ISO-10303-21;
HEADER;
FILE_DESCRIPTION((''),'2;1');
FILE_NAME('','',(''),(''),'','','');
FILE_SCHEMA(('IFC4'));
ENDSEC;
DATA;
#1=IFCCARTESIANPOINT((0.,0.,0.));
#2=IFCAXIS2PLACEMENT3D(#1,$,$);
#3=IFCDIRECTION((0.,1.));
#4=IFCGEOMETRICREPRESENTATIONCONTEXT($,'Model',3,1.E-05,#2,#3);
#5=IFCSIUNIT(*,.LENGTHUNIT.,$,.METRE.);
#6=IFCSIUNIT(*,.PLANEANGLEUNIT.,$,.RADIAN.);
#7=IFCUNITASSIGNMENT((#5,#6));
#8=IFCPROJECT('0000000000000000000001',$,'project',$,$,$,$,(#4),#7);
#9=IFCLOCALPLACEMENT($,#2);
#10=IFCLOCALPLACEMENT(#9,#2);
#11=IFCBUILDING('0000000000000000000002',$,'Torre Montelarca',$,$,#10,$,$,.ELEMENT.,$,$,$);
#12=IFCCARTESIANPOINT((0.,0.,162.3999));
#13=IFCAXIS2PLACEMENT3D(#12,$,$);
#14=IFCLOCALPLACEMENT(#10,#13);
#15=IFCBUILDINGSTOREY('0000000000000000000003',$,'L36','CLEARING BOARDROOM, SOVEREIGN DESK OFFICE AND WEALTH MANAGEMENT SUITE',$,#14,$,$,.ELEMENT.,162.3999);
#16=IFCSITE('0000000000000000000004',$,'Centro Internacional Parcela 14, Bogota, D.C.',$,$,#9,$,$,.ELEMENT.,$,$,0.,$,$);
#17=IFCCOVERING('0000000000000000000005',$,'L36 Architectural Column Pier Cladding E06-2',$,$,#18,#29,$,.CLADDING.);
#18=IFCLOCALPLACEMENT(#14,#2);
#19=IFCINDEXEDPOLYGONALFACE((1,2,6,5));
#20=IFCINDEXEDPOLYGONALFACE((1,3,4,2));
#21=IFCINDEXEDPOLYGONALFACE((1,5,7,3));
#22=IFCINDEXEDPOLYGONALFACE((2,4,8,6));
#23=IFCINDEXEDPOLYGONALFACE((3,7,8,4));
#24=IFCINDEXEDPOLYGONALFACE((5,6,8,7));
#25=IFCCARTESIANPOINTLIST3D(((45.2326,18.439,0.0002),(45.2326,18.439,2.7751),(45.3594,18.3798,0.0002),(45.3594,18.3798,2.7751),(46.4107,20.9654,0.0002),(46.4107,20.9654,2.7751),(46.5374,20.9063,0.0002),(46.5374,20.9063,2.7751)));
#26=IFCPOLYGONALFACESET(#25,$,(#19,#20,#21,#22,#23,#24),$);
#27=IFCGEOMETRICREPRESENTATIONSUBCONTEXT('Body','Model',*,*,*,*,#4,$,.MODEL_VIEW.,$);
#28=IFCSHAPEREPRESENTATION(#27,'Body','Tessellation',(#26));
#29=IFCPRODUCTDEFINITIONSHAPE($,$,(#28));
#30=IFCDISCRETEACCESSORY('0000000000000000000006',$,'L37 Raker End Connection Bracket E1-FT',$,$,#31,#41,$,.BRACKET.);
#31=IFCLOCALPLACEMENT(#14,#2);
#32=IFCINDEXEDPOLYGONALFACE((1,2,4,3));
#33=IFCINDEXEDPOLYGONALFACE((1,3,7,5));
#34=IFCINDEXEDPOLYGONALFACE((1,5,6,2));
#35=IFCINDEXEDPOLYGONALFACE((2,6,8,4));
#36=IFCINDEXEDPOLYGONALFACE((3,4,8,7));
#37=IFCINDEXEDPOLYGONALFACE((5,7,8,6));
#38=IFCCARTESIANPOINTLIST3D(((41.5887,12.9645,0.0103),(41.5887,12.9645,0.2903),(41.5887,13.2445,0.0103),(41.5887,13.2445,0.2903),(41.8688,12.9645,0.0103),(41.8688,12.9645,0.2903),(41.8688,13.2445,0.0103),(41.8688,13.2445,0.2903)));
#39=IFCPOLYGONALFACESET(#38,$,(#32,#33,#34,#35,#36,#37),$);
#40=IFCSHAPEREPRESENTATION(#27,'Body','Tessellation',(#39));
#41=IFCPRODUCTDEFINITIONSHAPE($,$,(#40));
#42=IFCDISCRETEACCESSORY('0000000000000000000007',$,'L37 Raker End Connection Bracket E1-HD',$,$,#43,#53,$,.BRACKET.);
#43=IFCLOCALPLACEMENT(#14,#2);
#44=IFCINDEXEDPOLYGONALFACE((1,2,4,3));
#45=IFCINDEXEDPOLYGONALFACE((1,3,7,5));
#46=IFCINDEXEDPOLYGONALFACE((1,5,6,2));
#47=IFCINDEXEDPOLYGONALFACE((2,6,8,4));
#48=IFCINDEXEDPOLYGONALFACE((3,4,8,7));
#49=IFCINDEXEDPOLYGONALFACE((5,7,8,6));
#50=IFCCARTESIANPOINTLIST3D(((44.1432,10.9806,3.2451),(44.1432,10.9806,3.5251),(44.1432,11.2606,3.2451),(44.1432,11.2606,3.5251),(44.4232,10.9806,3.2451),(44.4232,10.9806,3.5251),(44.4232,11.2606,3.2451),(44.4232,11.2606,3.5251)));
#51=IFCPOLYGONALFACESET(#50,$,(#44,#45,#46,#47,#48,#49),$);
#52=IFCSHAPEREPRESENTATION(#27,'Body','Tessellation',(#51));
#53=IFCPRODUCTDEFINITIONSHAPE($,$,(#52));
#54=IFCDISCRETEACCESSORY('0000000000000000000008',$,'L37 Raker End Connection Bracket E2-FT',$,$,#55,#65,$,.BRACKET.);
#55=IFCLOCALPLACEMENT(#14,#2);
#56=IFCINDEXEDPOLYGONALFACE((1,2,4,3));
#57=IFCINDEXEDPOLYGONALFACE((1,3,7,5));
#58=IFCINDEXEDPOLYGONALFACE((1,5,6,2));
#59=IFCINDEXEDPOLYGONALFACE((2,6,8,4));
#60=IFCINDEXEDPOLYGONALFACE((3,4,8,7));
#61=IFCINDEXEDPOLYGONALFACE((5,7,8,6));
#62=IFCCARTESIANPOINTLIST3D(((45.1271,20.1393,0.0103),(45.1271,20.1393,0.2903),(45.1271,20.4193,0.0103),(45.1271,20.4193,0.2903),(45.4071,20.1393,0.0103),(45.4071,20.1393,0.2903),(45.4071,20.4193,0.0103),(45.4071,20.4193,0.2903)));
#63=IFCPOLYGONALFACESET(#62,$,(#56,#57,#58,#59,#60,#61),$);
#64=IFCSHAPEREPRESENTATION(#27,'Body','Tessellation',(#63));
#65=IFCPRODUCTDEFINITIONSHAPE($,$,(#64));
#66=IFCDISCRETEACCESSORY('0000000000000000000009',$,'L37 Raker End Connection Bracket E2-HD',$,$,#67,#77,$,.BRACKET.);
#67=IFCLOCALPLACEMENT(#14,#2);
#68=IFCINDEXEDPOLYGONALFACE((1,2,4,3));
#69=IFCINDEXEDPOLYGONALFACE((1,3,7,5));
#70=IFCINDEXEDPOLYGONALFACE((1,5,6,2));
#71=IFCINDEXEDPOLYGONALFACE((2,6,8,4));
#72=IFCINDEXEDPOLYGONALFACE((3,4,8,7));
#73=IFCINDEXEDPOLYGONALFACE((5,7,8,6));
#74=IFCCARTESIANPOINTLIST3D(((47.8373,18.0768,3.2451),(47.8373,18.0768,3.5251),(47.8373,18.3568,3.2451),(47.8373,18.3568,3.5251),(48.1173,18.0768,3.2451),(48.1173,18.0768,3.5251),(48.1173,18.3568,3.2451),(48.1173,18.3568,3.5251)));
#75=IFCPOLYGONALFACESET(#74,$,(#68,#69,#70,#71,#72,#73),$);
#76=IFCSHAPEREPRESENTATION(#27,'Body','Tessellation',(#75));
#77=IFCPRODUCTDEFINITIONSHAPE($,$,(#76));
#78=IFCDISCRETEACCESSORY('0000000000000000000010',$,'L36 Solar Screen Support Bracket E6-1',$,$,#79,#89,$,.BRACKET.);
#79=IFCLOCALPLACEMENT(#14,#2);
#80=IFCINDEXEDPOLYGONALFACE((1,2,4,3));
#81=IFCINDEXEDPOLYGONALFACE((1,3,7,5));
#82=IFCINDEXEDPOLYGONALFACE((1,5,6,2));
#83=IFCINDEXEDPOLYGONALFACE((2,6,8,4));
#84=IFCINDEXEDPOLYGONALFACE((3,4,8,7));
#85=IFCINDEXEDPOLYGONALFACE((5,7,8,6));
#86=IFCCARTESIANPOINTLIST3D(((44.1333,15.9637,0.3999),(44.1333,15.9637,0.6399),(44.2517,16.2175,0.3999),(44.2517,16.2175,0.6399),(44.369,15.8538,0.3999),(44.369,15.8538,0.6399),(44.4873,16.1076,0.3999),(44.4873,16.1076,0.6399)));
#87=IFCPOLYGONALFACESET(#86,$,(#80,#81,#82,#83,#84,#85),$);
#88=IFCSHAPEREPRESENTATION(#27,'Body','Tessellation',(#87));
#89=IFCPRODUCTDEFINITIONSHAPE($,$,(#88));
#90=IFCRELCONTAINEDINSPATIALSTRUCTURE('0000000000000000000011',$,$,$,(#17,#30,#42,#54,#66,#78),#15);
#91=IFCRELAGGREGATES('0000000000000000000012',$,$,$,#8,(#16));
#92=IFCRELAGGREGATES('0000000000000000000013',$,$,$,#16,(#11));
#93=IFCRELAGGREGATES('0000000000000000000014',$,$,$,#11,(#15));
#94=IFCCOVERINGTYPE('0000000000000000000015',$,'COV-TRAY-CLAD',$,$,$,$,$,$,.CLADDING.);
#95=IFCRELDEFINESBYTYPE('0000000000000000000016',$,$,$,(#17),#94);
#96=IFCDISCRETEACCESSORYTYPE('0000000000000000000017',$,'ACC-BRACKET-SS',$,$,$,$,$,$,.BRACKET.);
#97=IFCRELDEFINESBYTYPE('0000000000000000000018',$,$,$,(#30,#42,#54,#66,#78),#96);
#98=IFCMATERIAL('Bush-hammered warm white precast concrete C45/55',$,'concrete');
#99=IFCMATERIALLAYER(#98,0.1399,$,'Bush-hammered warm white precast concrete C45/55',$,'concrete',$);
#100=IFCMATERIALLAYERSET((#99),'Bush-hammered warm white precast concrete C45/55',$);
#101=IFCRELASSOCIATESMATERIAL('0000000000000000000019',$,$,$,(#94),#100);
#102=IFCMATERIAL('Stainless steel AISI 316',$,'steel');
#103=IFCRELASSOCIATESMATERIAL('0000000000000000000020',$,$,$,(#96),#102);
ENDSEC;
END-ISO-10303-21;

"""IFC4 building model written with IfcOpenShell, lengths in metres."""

from ifc_helpers import new_model, si_unit, direction, frame, origin, origin_2d, place, context, subcontext, project, spatial, rectangle, extrude, source, transform, mapped, material, layer, layer_set, type_object, element, save


model = new_model("IFC4")

# Units and contexts
model_context = context("Model", 3, precision=1e-05, world=origin(), true_north=direction((0.0, 1.0)))
body_context = subcontext(model_context, "Body", "Model", "MODEL_VIEW")
ifc_project = project(units=[si_unit("LENGTHUNIT", "METRE"), si_unit("PLANEANGLEUNIT", "RADIAN")], contexts=[model_context])

# Site, building, storey
site_placement = place(None, origin())
site = spatial("IfcSite", under=ifc_project, at=site_placement, Name="Centro Internacional Parcela 14, Bogota, D.C.", CompositionType="ELEMENT", RefElevation=0.0)
building_placement = place(site_placement, origin())
building = spatial("IfcBuilding", under=site, at=building_placement, Name="Torre Montelarca", CompositionType="ELEMENT")
storey_placement = place(building_placement, frame((0.0, 0.0, 162.3999)))
storey = spatial("IfcBuildingStorey", under=building, at=storey_placement, Name="L36", Description="CLEARING BOARDROOM, SOVEREIGN DESK OFFICE AND WEALTH MANAGEMENT SUITE", CompositionType="ELEMENT", Elevation=162.3999)

# Shared definitions
ifc_material_1 = material(Name="Bush-hammered warm white precast concrete C45/55", Category="concrete")
ifc_layer_1 = layer(ifc_material_1, 0.1399, Name="Bush-hammered warm white precast concrete C45/55", Category="concrete")
ifc_layer_set_1 = layer_set([ifc_layer_1], Name="Bush-hammered warm white precast concrete C45/55")
covering_type = type_object("IfcCoveringType", Name="COV-TRAY-CLAD", PredefinedType="CLADDING", material=ifc_layer_set_1)

# Covering
shared_shape_1 = source(origin(), body_context, "Body", "SweptSolid", [
    extrude(rectangle(XDim=2.7876, YDim=0.1399, at=origin_2d()), origin(), (0.0, 0.0, 1.0), 2.7749),
])
covering_1_placement = place(storey_placement, frame((45.885, 19.6726, 0.0002), z_axis=(0.0, 0.0, 1.0), x_axis=(0.422617, 0.906309, 0.0)))
element("IfcCovering", 1, at=covering_1_placement, inside=storey, type_object=covering_type, Name="L36 Architectural Column Pier Cladding E06-2", PredefinedType="CLADDING", context=body_context, shape_type="MappedRepresentation", body=[
    mapped(shared_shape_1, transform((0.0, 0.0, 0.0), scale=1.0)),
])

# Discrete accessories
ifc_material_2 = material(Name="Stainless steel AISI 316", Category="steel")
discrete_accessory_type = type_object("IfcDiscreteAccessoryType", Name="ACC-BRACKET-SS", PredefinedType="BRACKET", material=ifc_material_2)
shared_shape_2 = source(origin(), body_context, "Body", "SweptSolid", [
    extrude(rectangle(XDim=0.28, YDim=0.28, at=origin_2d()), origin(), (0.0, 0.0, 1.0), 0.28),
])
for number, where, z_axis, x_axis, name in (
    (2, (41.7288, 13.1045, 0.0103), (0.0, 0.0, 1.0), (1.0, 0.0, 0.0), "L37 Raker End Connection Bracket E1-FT"),
    (3, (44.2832, 11.1206, 3.2451), (0.0, 0.0, 1.0), (1.0, 0.0, 0.0), "L37 Raker End Connection Bracket E1-HD"),
    (4, (45.2671, 20.2793, 0.0103), (0.0, 0.0, 1.0), (1.0, 0.0, 0.0), "L37 Raker End Connection Bracket E2-FT"),
    (5, (47.9773, 18.2168, 3.2451), (0.0, 0.0, 1.0), (1.0, 0.0, 0.0), "L37 Raker End Connection Bracket E2-HD"),
):
    element("IfcDiscreteAccessory", number, at=place(storey_placement, frame(where, z_axis=z_axis, x_axis=x_axis)), inside=storey, type_object=discrete_accessory_type, Name=name, PredefinedType="BRACKET", context=body_context, shape_type="MappedRepresentation", body=[
        mapped(shared_shape_2, transform((0.0, 0.0, 0.0), scale=1.0)),
    ])
shared_shape_3 = source(origin(), body_context, "Body", "SweptSolid", [
    extrude(rectangle(XDim=0.28, YDim=0.26, at=origin_2d()), origin(), (0.0, 0.0, 1.0), 0.24),
])
discrete_accessory_placement = place(storey_placement, frame((44.3103, 16.0356, 0.3999), z_axis=(0.0, 0.0, 1.0), x_axis=(0.422618, 0.906308, 0.0)))
element("IfcDiscreteAccessory", 6, at=discrete_accessory_placement, inside=storey, type_object=discrete_accessory_type, Name="L36 Solar Screen Support Bracket E6-1", PredefinedType="BRACKET", context=body_context, shape_type="MappedRepresentation", body=[
    mapped(shared_shape_3, transform((0.0, 0.0, 0.0), scale=1.0)),
])

save(model, "model.ifc")
